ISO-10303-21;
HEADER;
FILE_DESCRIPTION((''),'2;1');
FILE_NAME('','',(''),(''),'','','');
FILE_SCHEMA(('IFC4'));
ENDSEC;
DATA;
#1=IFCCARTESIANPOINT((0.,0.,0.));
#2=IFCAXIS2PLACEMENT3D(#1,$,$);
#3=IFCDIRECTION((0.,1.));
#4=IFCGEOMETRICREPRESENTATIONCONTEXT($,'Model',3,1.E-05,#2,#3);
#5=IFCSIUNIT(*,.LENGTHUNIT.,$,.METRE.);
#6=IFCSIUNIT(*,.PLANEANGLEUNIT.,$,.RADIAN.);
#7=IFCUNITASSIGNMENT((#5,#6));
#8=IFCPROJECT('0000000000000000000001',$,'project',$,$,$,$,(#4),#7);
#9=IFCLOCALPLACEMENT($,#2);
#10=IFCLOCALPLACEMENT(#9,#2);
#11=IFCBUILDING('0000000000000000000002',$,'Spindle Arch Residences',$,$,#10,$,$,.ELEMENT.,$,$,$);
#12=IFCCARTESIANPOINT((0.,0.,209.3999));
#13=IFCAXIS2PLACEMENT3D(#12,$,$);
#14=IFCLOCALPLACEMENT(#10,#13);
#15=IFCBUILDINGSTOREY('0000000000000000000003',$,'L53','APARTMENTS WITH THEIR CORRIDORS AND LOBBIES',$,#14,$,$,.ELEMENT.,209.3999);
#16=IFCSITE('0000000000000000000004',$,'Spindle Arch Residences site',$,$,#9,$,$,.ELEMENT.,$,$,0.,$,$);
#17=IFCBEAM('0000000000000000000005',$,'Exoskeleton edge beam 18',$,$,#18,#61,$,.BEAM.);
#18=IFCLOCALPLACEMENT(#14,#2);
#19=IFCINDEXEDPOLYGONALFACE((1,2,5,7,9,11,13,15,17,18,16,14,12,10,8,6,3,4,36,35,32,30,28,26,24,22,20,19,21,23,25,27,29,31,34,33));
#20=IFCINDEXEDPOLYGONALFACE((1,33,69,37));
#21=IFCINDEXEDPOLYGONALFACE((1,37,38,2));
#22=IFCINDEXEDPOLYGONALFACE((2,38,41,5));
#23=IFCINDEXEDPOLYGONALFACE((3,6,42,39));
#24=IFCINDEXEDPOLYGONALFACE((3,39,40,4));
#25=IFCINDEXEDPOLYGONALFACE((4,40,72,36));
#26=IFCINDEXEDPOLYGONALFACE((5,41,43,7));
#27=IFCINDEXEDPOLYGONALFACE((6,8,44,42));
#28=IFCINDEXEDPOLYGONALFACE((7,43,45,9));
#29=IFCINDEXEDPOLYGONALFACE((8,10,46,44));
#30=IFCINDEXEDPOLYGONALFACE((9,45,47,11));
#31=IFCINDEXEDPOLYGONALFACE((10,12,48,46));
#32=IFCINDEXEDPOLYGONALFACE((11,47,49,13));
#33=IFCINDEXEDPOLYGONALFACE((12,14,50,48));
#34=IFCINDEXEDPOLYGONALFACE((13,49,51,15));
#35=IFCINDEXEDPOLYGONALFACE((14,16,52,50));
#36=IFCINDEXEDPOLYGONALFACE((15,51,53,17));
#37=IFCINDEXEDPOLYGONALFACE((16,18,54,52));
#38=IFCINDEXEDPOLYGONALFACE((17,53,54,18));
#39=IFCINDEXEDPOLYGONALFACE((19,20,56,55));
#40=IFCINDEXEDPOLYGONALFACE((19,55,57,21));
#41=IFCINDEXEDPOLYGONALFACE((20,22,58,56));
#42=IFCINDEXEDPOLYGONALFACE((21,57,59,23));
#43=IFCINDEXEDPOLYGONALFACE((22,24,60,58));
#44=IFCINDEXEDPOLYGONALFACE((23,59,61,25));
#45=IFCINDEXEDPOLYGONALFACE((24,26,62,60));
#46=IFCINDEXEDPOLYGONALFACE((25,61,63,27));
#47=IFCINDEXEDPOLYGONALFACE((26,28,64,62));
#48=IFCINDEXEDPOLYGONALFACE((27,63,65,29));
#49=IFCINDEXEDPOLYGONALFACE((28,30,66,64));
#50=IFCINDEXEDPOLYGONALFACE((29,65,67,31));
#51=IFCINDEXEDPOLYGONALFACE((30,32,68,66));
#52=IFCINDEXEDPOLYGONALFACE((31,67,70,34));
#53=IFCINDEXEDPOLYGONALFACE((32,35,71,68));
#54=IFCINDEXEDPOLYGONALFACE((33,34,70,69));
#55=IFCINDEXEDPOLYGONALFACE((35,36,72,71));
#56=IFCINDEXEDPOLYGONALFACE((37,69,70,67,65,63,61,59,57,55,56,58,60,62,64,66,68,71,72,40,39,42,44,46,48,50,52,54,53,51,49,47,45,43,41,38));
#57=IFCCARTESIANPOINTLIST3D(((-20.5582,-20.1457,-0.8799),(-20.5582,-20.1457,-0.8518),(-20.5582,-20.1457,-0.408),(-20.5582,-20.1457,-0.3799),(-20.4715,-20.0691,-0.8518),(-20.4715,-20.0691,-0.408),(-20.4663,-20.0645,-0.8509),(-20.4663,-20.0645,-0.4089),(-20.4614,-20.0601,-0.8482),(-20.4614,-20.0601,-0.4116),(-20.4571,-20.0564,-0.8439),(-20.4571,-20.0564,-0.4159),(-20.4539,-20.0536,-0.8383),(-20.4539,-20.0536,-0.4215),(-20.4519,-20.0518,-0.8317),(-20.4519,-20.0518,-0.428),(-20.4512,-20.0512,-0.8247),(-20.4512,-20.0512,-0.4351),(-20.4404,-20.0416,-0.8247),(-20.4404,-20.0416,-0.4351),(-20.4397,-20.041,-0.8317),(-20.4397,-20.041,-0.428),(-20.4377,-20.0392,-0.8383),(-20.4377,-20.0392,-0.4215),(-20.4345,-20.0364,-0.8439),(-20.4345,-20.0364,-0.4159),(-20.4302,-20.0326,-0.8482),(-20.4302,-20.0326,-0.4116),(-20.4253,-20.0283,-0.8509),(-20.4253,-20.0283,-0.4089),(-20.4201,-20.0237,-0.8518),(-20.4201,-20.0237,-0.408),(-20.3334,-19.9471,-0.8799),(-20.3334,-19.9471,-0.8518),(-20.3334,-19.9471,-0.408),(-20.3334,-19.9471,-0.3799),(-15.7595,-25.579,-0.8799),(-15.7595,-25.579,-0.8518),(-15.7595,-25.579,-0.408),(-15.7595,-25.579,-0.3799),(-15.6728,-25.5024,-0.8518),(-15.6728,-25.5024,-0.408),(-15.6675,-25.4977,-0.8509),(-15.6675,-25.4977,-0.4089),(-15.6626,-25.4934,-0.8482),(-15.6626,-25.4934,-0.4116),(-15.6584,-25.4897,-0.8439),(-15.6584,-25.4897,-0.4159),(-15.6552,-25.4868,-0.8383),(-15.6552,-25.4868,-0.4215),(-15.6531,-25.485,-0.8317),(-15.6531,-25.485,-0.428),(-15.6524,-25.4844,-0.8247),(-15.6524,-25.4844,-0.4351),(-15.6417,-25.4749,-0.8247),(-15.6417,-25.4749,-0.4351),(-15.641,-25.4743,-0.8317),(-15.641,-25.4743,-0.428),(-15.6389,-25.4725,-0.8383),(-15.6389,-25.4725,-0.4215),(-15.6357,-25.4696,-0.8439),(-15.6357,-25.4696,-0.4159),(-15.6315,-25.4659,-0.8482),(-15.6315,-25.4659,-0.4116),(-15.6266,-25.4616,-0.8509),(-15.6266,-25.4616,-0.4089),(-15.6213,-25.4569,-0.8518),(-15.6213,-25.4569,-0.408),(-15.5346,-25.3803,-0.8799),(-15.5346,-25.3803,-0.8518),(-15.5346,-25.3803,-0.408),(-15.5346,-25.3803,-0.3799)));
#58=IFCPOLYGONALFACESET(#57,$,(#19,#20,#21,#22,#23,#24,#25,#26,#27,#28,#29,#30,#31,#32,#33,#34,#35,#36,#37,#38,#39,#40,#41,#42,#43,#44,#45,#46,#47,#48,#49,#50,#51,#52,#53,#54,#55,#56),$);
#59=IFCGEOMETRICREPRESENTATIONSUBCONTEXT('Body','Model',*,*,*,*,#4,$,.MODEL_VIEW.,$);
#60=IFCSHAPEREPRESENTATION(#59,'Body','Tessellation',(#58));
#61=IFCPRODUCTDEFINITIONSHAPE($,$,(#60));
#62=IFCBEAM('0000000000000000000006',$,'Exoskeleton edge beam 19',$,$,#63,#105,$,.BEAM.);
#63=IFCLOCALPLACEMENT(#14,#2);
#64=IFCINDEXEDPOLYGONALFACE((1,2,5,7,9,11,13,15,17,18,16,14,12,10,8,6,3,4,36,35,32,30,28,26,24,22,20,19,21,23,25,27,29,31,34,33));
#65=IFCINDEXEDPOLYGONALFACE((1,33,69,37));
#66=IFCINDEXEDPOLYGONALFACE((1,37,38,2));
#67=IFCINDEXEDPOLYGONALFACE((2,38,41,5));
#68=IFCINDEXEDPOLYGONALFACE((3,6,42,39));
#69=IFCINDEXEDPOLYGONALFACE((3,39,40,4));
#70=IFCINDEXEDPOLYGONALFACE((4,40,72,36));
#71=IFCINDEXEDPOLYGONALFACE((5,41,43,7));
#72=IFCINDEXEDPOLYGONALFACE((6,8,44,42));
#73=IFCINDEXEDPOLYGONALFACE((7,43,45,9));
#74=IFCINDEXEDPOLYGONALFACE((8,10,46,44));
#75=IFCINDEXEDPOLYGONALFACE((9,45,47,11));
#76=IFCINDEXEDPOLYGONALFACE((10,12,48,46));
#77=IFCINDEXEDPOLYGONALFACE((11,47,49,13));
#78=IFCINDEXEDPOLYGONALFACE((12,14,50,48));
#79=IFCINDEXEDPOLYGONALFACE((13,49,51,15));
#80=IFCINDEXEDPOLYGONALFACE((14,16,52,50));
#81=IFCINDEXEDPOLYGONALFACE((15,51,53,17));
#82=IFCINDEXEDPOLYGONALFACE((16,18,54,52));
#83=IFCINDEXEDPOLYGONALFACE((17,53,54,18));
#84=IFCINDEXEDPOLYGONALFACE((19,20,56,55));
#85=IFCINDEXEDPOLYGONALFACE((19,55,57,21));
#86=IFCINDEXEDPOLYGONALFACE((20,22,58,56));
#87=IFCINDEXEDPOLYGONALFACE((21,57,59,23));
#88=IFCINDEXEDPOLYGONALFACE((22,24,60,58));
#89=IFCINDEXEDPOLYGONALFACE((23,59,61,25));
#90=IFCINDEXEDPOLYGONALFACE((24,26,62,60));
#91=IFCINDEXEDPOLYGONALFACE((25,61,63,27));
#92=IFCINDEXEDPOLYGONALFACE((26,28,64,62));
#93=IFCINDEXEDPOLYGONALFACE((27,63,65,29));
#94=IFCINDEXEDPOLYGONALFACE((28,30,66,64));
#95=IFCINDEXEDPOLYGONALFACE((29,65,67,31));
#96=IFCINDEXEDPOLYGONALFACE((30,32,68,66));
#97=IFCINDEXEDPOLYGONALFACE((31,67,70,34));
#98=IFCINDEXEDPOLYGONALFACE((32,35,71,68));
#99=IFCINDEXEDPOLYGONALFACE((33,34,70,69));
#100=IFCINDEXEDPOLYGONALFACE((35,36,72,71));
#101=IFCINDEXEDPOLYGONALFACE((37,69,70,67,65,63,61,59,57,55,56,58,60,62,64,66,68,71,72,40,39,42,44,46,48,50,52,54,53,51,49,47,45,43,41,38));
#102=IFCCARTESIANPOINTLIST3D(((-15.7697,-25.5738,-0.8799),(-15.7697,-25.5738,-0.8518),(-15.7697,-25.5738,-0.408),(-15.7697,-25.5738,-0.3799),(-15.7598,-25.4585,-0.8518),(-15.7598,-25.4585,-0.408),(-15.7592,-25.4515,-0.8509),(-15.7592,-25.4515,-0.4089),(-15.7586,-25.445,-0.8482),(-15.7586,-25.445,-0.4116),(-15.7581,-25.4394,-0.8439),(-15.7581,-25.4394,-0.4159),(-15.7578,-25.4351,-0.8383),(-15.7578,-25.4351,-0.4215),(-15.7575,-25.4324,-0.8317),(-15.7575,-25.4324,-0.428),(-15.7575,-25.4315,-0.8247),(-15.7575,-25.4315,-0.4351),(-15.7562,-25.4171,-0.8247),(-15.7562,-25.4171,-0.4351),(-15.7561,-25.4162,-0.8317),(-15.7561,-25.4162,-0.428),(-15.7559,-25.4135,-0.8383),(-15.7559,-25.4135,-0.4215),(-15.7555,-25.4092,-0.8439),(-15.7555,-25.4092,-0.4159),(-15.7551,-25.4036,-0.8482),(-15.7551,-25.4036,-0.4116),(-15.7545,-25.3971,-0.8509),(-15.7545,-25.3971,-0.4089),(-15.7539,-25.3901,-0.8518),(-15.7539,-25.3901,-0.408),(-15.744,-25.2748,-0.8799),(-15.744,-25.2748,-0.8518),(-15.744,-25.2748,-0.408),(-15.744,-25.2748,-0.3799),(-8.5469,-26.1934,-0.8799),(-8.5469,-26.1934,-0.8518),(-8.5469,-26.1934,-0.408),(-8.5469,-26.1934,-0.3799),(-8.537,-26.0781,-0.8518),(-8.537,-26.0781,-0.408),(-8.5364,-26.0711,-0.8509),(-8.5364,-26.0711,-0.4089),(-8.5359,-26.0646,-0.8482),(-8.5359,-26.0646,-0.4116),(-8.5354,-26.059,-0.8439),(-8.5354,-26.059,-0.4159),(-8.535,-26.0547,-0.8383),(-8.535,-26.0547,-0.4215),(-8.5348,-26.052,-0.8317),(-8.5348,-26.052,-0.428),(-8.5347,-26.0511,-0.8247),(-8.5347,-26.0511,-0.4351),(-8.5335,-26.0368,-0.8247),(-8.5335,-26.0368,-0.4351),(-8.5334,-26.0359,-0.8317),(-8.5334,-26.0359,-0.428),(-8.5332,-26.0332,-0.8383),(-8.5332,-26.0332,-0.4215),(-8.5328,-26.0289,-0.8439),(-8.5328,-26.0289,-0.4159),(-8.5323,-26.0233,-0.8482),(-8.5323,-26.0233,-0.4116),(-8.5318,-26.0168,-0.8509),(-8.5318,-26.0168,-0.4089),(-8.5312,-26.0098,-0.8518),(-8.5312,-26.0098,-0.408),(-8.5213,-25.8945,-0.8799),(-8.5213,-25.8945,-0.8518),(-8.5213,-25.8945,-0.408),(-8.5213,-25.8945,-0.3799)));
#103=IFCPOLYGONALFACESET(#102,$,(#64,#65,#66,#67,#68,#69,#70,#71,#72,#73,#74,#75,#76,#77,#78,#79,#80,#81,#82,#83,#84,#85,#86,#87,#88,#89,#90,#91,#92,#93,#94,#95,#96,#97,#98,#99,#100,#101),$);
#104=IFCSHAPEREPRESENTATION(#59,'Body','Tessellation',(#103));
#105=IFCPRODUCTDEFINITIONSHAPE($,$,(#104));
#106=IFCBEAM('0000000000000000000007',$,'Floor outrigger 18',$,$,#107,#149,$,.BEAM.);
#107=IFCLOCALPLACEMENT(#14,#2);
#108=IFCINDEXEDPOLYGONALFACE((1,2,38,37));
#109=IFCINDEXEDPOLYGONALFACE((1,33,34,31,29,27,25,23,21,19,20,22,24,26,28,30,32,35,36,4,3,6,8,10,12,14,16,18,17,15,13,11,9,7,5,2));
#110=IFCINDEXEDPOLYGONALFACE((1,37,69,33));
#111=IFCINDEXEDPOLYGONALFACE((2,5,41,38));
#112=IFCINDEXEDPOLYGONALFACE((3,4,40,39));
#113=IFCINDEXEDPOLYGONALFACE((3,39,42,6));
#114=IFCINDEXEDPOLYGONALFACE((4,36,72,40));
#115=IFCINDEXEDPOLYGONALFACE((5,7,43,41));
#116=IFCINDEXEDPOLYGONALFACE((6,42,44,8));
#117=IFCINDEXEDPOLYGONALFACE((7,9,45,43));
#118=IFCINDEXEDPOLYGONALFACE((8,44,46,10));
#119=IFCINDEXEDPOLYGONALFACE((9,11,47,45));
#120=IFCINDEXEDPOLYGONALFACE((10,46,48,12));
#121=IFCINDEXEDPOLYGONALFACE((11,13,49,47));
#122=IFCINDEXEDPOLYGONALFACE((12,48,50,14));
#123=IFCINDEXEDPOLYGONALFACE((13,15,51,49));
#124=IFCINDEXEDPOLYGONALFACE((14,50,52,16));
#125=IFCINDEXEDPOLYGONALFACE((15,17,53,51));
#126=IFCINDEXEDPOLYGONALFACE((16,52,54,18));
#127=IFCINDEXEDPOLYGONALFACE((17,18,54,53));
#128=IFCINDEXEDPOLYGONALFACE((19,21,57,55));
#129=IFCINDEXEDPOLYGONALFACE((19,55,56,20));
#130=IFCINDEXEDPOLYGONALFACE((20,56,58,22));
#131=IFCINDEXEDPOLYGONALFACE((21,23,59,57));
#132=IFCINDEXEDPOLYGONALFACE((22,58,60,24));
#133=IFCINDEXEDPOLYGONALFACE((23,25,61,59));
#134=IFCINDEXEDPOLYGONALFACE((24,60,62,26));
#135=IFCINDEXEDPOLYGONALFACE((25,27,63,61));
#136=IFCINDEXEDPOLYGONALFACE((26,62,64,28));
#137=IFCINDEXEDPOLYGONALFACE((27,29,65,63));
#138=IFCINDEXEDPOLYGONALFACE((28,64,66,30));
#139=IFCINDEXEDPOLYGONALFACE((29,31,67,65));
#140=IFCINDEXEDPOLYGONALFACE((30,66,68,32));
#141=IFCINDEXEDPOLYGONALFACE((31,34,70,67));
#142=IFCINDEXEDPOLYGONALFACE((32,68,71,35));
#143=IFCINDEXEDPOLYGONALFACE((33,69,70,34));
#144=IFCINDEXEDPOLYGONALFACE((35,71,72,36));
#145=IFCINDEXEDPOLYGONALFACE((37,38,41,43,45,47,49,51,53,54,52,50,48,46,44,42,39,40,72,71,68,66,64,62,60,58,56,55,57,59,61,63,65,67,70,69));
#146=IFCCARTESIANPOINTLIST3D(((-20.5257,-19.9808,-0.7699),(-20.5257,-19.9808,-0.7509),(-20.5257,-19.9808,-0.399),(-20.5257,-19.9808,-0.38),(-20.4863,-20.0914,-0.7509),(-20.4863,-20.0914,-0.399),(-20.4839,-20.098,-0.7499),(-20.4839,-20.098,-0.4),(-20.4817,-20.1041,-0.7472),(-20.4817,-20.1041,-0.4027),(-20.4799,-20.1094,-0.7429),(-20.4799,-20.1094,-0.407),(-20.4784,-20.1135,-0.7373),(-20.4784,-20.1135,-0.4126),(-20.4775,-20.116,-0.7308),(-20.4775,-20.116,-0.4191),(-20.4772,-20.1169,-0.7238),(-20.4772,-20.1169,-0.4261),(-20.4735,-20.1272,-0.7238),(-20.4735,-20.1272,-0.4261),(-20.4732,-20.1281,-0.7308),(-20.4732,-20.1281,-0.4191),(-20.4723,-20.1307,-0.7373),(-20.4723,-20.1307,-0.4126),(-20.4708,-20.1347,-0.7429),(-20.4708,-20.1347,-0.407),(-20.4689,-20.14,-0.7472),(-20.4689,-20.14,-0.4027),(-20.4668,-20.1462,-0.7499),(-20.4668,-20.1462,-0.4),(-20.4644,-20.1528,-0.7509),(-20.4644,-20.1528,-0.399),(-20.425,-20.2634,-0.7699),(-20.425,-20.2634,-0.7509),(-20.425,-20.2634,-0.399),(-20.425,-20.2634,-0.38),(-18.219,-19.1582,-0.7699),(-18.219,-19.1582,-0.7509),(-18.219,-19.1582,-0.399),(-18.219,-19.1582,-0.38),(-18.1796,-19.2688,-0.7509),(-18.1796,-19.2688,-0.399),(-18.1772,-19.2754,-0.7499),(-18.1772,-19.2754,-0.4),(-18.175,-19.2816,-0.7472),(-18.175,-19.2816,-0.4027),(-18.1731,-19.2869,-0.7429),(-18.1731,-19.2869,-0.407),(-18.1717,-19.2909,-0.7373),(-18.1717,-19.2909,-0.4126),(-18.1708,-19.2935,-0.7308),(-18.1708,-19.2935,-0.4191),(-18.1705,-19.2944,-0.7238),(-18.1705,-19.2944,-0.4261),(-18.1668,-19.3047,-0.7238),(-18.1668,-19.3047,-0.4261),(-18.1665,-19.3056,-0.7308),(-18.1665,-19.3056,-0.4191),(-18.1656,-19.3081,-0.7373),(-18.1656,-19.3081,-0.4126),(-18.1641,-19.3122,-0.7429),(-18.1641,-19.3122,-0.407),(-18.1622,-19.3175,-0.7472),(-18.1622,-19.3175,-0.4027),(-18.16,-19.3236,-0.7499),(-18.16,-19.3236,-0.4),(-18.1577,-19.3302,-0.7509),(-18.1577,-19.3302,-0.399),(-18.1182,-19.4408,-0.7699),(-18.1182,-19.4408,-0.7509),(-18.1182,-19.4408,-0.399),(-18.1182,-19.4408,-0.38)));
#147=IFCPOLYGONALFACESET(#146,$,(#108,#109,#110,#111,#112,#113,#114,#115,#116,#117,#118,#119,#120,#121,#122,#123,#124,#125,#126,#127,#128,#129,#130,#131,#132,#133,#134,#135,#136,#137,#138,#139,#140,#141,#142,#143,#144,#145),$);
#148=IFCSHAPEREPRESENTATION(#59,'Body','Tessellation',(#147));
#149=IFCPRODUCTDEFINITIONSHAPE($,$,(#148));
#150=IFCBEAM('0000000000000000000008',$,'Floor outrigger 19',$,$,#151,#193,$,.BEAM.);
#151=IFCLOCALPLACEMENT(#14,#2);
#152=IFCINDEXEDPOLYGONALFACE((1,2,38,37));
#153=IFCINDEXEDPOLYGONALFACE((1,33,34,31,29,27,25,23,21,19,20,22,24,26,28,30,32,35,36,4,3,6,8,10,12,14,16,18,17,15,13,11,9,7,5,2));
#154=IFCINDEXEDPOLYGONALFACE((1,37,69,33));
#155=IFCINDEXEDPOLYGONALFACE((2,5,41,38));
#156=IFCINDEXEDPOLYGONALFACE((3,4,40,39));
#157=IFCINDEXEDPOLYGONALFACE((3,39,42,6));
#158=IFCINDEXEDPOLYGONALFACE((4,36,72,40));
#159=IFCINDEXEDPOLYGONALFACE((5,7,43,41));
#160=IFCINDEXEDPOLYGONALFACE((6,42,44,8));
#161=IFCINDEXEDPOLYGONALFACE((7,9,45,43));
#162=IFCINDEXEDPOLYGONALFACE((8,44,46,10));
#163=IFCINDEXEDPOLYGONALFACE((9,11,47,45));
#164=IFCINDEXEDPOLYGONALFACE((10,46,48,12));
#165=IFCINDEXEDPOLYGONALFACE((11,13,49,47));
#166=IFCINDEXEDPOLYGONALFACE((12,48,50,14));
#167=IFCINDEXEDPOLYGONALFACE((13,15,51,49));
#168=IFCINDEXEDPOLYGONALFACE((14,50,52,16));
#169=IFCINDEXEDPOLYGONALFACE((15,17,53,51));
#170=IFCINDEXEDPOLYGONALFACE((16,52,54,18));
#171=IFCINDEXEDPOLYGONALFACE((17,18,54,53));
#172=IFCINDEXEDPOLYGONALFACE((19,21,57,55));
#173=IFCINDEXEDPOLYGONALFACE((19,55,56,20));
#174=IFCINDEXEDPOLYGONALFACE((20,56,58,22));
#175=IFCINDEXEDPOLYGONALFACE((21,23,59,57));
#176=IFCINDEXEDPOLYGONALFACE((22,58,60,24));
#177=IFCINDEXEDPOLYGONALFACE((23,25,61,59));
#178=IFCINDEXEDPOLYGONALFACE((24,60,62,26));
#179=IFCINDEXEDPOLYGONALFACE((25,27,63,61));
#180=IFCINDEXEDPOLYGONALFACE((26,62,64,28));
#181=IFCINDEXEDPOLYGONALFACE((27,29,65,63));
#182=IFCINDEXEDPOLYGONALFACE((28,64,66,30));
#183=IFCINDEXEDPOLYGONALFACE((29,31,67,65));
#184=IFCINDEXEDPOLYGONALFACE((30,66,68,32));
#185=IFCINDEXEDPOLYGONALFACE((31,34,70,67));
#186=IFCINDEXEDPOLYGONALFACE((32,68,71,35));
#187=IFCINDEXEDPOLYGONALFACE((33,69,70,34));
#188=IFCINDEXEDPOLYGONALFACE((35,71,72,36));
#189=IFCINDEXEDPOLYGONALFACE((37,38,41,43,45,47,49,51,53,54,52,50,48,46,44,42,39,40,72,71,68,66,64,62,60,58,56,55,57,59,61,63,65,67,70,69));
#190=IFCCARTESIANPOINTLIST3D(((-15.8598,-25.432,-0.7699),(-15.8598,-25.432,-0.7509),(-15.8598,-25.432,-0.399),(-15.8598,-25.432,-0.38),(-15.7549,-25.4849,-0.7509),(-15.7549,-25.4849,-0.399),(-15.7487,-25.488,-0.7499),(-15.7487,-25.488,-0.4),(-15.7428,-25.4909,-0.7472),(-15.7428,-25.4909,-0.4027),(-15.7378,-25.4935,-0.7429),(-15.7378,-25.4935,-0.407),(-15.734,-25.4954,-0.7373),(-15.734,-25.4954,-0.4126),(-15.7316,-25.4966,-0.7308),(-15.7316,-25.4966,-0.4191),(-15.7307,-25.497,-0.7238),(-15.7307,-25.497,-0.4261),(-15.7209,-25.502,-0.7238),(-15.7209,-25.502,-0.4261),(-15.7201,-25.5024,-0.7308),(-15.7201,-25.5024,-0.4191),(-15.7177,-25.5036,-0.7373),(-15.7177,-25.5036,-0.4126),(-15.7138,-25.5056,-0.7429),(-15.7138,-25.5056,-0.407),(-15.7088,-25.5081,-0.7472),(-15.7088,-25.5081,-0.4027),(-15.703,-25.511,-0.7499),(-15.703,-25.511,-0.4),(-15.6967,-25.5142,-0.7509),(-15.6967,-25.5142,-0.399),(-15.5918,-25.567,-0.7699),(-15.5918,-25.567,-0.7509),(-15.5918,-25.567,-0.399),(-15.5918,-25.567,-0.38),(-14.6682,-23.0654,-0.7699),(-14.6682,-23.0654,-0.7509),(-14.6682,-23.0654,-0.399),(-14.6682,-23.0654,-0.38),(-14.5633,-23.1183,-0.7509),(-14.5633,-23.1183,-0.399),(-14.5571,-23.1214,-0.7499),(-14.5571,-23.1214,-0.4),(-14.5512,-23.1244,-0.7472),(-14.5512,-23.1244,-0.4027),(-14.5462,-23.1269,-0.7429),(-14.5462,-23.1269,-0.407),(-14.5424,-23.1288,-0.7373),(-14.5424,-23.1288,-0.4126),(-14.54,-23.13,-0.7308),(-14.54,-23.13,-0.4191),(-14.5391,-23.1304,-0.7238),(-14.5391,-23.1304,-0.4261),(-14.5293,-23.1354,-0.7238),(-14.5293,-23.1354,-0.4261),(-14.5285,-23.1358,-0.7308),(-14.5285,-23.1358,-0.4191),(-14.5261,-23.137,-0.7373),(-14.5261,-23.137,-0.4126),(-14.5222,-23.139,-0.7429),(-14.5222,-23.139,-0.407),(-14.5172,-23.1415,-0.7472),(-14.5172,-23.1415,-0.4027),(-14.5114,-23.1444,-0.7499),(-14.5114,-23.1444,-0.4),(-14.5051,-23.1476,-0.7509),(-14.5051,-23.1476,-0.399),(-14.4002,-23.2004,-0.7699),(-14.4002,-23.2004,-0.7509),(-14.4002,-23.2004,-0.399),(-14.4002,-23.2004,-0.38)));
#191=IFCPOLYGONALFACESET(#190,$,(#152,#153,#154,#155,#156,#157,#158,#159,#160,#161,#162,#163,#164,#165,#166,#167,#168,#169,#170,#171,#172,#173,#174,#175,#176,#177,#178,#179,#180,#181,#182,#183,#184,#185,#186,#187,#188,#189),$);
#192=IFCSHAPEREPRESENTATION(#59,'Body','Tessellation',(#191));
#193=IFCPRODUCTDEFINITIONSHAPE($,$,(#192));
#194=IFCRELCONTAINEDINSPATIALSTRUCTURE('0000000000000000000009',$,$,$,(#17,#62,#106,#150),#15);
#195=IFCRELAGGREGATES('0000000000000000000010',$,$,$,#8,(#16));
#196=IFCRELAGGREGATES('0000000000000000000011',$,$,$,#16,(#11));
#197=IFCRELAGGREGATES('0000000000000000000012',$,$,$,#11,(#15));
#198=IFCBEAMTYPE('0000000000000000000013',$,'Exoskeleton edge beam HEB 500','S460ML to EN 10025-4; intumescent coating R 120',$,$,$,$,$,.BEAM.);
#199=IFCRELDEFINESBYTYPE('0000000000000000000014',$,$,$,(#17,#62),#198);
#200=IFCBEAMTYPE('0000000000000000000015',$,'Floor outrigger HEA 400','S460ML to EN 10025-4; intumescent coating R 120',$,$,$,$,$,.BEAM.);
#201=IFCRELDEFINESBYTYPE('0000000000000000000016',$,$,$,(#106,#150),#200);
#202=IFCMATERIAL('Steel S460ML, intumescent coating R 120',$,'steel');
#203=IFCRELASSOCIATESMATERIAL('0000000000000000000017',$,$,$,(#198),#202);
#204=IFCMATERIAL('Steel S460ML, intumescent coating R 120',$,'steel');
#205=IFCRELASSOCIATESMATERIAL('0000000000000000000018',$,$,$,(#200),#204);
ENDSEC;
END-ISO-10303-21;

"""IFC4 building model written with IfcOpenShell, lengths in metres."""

from ifc_helpers import new_model, si_unit, direction, frame, origin, origin_2d, place, context, subcontext, project, spatial, i_section, extrude, material, material_profile, profile_set, type_object, element, save


model = new_model("IFC4")

# Units and contexts
model_context = context("Model", 3, precision=1e-05, world=origin(), true_north=direction((0.0, 1.0)))
body_context = subcontext(model_context, "Body", "Model", "MODEL_VIEW")
ifc_project = project(units=[si_unit("LENGTHUNIT", "METRE"), si_unit("PLANEANGLEUNIT", "RADIAN")], contexts=[model_context])

# Site, building, storey
site_placement = place(None, origin())
site = spatial("IfcSite", under=ifc_project, at=site_placement, Name="Spindle Arch Residences site", CompositionType="ELEMENT", RefElevation=0.0)
building_placement = place(site_placement, origin())
building = spatial("IfcBuilding", under=site, at=building_placement, Name="Spindle Arch Residences", CompositionType="ELEMENT")
storey_placement = place(building_placement, frame((0.0, 0.0, 209.3999)))
storey = spatial("IfcBuildingStorey", under=building, at=storey_placement, Name="L53", Description="APARTMENTS WITH THEIR CORRIDORS AND LOBBIES", CompositionType="ELEMENT", Elevation=209.3999)

# Beams
ifc_material_1 = material(Name="Steel S460ML, intumescent coating R 120", Category="steel")
ifc_material_profile_1 = material_profile(ifc_material_1, i_section(OverallWidth=0.3, OverallDepth=0.5, WebThickness=0.0144, FlangeThickness=0.0281, FilletRadius=0.0271, at=origin_2d()), Name="HEB 500")
ifc_profile_set_1 = profile_set([ifc_material_profile_1], Name="Steel S460ML, intumescent coating R 120")
beam_type_1 = type_object("IfcBeamType", Name="Exoskeleton edge beam HEB 500", Description="S460ML to EN 10025-4; intumescent coating R 120", PredefinedType="BEAM", material=ifc_profile_set_1)
beam_1_placement = place(storey_placement, frame((-20.4458, -20.0464, -0.6299), z_axis=(0.661986, -0.749516, 0.0), x_axis=(0.749516, 0.661986, 0.0)))
element("IfcBeam", 1, at=beam_1_placement, inside=storey, type_object=beam_type_1, Name="Exoskeleton edge beam 18", PredefinedType="BEAM", context=body_context, shape_type="SweptSolid", body=[
    extrude(i_section(OverallWidth=0.3, OverallDepth=0.5, WebThickness=0.0144, FlangeThickness=0.0281, FilletRadius=0.0271, at=origin_2d()), origin(), (0.0, 0.0, 1.0), 7.249),
])
beam_2_placement = place(storey_placement, frame((-15.7568, -25.4243, -0.6299), z_axis=(0.99634, -0.085476, 0.0), x_axis=(0.085476, 0.99634, 0.0)))
element("IfcBeam", 2, at=beam_2_placement, inside=storey, type_object=beam_type_1, Name="Exoskeleton edge beam 19", PredefinedType="BEAM", context=body_context, shape_type="SweptSolid", body=[
    extrude(i_section(OverallWidth=0.3, OverallDepth=0.5, WebThickness=0.0144, FlangeThickness=0.0281, FilletRadius=0.0271, at=origin_2d()), origin(), (0.0, 0.0, 1.0), 7.2493),
])
ifc_material_2 = material(Name="Steel S460ML, intumescent coating R 120", Category="steel")
ifc_material_profile_2 = material_profile(ifc_material_2, i_section(OverallWidth=0.3, OverallDepth=0.3899, WebThickness=0.011, FlangeThickness=0.019, FilletRadius=0.0271, at=origin_2d()), Name="HEA 400")
ifc_profile_set_2 = profile_set([ifc_material_profile_2], Name="Steel S460ML, intumescent coating R 120")
beam_type_2 = type_object("IfcBeamType", Name="Floor outrigger HEA 400", Description="S460ML to EN 10025-4; intumescent coating R 120", PredefinedType="BEAM", material=ifc_profile_set_2)
beam_3_placement = place(storey_placement, frame((-20.4753, -20.1221, -0.575), z_axis=(0.941909, 0.335869, 0.0), x_axis=(-0.335869, 0.941909, 0.0)))
element("IfcBeam", 3, at=beam_3_placement, inside=storey, type_object=beam_type_2, Name="Floor outrigger 18", PredefinedType="BEAM", context=body_context, shape_type="SweptSolid", body=[
    extrude(i_section(OverallWidth=0.3, OverallDepth=0.3899, WebThickness=0.011, FlangeThickness=0.019, FilletRadius=0.0271, at=origin_2d()), origin(), (0.0, 0.0, 1.0), 2.449),
])
beam_4_placement = place(storey_placement, frame((-15.7258, -25.4995, -0.575), z_axis=(0.449718, 0.893171, 0.0), x_axis=(-0.893171, 0.449718, 0.0)))
element("IfcBeam", 4, at=beam_4_placement, inside=storey, type_object=beam_type_2, Name="Floor outrigger 19", PredefinedType="BEAM", context=body_context, shape_type="SweptSolid", body=[
    extrude(i_section(OverallWidth=0.3, OverallDepth=0.3899, WebThickness=0.011, FlangeThickness=0.019, FilletRadius=0.0271, at=origin_2d()), origin(), (0.0, 0.0, 1.0), 2.6497),
])

save(model, "model.ifc")
